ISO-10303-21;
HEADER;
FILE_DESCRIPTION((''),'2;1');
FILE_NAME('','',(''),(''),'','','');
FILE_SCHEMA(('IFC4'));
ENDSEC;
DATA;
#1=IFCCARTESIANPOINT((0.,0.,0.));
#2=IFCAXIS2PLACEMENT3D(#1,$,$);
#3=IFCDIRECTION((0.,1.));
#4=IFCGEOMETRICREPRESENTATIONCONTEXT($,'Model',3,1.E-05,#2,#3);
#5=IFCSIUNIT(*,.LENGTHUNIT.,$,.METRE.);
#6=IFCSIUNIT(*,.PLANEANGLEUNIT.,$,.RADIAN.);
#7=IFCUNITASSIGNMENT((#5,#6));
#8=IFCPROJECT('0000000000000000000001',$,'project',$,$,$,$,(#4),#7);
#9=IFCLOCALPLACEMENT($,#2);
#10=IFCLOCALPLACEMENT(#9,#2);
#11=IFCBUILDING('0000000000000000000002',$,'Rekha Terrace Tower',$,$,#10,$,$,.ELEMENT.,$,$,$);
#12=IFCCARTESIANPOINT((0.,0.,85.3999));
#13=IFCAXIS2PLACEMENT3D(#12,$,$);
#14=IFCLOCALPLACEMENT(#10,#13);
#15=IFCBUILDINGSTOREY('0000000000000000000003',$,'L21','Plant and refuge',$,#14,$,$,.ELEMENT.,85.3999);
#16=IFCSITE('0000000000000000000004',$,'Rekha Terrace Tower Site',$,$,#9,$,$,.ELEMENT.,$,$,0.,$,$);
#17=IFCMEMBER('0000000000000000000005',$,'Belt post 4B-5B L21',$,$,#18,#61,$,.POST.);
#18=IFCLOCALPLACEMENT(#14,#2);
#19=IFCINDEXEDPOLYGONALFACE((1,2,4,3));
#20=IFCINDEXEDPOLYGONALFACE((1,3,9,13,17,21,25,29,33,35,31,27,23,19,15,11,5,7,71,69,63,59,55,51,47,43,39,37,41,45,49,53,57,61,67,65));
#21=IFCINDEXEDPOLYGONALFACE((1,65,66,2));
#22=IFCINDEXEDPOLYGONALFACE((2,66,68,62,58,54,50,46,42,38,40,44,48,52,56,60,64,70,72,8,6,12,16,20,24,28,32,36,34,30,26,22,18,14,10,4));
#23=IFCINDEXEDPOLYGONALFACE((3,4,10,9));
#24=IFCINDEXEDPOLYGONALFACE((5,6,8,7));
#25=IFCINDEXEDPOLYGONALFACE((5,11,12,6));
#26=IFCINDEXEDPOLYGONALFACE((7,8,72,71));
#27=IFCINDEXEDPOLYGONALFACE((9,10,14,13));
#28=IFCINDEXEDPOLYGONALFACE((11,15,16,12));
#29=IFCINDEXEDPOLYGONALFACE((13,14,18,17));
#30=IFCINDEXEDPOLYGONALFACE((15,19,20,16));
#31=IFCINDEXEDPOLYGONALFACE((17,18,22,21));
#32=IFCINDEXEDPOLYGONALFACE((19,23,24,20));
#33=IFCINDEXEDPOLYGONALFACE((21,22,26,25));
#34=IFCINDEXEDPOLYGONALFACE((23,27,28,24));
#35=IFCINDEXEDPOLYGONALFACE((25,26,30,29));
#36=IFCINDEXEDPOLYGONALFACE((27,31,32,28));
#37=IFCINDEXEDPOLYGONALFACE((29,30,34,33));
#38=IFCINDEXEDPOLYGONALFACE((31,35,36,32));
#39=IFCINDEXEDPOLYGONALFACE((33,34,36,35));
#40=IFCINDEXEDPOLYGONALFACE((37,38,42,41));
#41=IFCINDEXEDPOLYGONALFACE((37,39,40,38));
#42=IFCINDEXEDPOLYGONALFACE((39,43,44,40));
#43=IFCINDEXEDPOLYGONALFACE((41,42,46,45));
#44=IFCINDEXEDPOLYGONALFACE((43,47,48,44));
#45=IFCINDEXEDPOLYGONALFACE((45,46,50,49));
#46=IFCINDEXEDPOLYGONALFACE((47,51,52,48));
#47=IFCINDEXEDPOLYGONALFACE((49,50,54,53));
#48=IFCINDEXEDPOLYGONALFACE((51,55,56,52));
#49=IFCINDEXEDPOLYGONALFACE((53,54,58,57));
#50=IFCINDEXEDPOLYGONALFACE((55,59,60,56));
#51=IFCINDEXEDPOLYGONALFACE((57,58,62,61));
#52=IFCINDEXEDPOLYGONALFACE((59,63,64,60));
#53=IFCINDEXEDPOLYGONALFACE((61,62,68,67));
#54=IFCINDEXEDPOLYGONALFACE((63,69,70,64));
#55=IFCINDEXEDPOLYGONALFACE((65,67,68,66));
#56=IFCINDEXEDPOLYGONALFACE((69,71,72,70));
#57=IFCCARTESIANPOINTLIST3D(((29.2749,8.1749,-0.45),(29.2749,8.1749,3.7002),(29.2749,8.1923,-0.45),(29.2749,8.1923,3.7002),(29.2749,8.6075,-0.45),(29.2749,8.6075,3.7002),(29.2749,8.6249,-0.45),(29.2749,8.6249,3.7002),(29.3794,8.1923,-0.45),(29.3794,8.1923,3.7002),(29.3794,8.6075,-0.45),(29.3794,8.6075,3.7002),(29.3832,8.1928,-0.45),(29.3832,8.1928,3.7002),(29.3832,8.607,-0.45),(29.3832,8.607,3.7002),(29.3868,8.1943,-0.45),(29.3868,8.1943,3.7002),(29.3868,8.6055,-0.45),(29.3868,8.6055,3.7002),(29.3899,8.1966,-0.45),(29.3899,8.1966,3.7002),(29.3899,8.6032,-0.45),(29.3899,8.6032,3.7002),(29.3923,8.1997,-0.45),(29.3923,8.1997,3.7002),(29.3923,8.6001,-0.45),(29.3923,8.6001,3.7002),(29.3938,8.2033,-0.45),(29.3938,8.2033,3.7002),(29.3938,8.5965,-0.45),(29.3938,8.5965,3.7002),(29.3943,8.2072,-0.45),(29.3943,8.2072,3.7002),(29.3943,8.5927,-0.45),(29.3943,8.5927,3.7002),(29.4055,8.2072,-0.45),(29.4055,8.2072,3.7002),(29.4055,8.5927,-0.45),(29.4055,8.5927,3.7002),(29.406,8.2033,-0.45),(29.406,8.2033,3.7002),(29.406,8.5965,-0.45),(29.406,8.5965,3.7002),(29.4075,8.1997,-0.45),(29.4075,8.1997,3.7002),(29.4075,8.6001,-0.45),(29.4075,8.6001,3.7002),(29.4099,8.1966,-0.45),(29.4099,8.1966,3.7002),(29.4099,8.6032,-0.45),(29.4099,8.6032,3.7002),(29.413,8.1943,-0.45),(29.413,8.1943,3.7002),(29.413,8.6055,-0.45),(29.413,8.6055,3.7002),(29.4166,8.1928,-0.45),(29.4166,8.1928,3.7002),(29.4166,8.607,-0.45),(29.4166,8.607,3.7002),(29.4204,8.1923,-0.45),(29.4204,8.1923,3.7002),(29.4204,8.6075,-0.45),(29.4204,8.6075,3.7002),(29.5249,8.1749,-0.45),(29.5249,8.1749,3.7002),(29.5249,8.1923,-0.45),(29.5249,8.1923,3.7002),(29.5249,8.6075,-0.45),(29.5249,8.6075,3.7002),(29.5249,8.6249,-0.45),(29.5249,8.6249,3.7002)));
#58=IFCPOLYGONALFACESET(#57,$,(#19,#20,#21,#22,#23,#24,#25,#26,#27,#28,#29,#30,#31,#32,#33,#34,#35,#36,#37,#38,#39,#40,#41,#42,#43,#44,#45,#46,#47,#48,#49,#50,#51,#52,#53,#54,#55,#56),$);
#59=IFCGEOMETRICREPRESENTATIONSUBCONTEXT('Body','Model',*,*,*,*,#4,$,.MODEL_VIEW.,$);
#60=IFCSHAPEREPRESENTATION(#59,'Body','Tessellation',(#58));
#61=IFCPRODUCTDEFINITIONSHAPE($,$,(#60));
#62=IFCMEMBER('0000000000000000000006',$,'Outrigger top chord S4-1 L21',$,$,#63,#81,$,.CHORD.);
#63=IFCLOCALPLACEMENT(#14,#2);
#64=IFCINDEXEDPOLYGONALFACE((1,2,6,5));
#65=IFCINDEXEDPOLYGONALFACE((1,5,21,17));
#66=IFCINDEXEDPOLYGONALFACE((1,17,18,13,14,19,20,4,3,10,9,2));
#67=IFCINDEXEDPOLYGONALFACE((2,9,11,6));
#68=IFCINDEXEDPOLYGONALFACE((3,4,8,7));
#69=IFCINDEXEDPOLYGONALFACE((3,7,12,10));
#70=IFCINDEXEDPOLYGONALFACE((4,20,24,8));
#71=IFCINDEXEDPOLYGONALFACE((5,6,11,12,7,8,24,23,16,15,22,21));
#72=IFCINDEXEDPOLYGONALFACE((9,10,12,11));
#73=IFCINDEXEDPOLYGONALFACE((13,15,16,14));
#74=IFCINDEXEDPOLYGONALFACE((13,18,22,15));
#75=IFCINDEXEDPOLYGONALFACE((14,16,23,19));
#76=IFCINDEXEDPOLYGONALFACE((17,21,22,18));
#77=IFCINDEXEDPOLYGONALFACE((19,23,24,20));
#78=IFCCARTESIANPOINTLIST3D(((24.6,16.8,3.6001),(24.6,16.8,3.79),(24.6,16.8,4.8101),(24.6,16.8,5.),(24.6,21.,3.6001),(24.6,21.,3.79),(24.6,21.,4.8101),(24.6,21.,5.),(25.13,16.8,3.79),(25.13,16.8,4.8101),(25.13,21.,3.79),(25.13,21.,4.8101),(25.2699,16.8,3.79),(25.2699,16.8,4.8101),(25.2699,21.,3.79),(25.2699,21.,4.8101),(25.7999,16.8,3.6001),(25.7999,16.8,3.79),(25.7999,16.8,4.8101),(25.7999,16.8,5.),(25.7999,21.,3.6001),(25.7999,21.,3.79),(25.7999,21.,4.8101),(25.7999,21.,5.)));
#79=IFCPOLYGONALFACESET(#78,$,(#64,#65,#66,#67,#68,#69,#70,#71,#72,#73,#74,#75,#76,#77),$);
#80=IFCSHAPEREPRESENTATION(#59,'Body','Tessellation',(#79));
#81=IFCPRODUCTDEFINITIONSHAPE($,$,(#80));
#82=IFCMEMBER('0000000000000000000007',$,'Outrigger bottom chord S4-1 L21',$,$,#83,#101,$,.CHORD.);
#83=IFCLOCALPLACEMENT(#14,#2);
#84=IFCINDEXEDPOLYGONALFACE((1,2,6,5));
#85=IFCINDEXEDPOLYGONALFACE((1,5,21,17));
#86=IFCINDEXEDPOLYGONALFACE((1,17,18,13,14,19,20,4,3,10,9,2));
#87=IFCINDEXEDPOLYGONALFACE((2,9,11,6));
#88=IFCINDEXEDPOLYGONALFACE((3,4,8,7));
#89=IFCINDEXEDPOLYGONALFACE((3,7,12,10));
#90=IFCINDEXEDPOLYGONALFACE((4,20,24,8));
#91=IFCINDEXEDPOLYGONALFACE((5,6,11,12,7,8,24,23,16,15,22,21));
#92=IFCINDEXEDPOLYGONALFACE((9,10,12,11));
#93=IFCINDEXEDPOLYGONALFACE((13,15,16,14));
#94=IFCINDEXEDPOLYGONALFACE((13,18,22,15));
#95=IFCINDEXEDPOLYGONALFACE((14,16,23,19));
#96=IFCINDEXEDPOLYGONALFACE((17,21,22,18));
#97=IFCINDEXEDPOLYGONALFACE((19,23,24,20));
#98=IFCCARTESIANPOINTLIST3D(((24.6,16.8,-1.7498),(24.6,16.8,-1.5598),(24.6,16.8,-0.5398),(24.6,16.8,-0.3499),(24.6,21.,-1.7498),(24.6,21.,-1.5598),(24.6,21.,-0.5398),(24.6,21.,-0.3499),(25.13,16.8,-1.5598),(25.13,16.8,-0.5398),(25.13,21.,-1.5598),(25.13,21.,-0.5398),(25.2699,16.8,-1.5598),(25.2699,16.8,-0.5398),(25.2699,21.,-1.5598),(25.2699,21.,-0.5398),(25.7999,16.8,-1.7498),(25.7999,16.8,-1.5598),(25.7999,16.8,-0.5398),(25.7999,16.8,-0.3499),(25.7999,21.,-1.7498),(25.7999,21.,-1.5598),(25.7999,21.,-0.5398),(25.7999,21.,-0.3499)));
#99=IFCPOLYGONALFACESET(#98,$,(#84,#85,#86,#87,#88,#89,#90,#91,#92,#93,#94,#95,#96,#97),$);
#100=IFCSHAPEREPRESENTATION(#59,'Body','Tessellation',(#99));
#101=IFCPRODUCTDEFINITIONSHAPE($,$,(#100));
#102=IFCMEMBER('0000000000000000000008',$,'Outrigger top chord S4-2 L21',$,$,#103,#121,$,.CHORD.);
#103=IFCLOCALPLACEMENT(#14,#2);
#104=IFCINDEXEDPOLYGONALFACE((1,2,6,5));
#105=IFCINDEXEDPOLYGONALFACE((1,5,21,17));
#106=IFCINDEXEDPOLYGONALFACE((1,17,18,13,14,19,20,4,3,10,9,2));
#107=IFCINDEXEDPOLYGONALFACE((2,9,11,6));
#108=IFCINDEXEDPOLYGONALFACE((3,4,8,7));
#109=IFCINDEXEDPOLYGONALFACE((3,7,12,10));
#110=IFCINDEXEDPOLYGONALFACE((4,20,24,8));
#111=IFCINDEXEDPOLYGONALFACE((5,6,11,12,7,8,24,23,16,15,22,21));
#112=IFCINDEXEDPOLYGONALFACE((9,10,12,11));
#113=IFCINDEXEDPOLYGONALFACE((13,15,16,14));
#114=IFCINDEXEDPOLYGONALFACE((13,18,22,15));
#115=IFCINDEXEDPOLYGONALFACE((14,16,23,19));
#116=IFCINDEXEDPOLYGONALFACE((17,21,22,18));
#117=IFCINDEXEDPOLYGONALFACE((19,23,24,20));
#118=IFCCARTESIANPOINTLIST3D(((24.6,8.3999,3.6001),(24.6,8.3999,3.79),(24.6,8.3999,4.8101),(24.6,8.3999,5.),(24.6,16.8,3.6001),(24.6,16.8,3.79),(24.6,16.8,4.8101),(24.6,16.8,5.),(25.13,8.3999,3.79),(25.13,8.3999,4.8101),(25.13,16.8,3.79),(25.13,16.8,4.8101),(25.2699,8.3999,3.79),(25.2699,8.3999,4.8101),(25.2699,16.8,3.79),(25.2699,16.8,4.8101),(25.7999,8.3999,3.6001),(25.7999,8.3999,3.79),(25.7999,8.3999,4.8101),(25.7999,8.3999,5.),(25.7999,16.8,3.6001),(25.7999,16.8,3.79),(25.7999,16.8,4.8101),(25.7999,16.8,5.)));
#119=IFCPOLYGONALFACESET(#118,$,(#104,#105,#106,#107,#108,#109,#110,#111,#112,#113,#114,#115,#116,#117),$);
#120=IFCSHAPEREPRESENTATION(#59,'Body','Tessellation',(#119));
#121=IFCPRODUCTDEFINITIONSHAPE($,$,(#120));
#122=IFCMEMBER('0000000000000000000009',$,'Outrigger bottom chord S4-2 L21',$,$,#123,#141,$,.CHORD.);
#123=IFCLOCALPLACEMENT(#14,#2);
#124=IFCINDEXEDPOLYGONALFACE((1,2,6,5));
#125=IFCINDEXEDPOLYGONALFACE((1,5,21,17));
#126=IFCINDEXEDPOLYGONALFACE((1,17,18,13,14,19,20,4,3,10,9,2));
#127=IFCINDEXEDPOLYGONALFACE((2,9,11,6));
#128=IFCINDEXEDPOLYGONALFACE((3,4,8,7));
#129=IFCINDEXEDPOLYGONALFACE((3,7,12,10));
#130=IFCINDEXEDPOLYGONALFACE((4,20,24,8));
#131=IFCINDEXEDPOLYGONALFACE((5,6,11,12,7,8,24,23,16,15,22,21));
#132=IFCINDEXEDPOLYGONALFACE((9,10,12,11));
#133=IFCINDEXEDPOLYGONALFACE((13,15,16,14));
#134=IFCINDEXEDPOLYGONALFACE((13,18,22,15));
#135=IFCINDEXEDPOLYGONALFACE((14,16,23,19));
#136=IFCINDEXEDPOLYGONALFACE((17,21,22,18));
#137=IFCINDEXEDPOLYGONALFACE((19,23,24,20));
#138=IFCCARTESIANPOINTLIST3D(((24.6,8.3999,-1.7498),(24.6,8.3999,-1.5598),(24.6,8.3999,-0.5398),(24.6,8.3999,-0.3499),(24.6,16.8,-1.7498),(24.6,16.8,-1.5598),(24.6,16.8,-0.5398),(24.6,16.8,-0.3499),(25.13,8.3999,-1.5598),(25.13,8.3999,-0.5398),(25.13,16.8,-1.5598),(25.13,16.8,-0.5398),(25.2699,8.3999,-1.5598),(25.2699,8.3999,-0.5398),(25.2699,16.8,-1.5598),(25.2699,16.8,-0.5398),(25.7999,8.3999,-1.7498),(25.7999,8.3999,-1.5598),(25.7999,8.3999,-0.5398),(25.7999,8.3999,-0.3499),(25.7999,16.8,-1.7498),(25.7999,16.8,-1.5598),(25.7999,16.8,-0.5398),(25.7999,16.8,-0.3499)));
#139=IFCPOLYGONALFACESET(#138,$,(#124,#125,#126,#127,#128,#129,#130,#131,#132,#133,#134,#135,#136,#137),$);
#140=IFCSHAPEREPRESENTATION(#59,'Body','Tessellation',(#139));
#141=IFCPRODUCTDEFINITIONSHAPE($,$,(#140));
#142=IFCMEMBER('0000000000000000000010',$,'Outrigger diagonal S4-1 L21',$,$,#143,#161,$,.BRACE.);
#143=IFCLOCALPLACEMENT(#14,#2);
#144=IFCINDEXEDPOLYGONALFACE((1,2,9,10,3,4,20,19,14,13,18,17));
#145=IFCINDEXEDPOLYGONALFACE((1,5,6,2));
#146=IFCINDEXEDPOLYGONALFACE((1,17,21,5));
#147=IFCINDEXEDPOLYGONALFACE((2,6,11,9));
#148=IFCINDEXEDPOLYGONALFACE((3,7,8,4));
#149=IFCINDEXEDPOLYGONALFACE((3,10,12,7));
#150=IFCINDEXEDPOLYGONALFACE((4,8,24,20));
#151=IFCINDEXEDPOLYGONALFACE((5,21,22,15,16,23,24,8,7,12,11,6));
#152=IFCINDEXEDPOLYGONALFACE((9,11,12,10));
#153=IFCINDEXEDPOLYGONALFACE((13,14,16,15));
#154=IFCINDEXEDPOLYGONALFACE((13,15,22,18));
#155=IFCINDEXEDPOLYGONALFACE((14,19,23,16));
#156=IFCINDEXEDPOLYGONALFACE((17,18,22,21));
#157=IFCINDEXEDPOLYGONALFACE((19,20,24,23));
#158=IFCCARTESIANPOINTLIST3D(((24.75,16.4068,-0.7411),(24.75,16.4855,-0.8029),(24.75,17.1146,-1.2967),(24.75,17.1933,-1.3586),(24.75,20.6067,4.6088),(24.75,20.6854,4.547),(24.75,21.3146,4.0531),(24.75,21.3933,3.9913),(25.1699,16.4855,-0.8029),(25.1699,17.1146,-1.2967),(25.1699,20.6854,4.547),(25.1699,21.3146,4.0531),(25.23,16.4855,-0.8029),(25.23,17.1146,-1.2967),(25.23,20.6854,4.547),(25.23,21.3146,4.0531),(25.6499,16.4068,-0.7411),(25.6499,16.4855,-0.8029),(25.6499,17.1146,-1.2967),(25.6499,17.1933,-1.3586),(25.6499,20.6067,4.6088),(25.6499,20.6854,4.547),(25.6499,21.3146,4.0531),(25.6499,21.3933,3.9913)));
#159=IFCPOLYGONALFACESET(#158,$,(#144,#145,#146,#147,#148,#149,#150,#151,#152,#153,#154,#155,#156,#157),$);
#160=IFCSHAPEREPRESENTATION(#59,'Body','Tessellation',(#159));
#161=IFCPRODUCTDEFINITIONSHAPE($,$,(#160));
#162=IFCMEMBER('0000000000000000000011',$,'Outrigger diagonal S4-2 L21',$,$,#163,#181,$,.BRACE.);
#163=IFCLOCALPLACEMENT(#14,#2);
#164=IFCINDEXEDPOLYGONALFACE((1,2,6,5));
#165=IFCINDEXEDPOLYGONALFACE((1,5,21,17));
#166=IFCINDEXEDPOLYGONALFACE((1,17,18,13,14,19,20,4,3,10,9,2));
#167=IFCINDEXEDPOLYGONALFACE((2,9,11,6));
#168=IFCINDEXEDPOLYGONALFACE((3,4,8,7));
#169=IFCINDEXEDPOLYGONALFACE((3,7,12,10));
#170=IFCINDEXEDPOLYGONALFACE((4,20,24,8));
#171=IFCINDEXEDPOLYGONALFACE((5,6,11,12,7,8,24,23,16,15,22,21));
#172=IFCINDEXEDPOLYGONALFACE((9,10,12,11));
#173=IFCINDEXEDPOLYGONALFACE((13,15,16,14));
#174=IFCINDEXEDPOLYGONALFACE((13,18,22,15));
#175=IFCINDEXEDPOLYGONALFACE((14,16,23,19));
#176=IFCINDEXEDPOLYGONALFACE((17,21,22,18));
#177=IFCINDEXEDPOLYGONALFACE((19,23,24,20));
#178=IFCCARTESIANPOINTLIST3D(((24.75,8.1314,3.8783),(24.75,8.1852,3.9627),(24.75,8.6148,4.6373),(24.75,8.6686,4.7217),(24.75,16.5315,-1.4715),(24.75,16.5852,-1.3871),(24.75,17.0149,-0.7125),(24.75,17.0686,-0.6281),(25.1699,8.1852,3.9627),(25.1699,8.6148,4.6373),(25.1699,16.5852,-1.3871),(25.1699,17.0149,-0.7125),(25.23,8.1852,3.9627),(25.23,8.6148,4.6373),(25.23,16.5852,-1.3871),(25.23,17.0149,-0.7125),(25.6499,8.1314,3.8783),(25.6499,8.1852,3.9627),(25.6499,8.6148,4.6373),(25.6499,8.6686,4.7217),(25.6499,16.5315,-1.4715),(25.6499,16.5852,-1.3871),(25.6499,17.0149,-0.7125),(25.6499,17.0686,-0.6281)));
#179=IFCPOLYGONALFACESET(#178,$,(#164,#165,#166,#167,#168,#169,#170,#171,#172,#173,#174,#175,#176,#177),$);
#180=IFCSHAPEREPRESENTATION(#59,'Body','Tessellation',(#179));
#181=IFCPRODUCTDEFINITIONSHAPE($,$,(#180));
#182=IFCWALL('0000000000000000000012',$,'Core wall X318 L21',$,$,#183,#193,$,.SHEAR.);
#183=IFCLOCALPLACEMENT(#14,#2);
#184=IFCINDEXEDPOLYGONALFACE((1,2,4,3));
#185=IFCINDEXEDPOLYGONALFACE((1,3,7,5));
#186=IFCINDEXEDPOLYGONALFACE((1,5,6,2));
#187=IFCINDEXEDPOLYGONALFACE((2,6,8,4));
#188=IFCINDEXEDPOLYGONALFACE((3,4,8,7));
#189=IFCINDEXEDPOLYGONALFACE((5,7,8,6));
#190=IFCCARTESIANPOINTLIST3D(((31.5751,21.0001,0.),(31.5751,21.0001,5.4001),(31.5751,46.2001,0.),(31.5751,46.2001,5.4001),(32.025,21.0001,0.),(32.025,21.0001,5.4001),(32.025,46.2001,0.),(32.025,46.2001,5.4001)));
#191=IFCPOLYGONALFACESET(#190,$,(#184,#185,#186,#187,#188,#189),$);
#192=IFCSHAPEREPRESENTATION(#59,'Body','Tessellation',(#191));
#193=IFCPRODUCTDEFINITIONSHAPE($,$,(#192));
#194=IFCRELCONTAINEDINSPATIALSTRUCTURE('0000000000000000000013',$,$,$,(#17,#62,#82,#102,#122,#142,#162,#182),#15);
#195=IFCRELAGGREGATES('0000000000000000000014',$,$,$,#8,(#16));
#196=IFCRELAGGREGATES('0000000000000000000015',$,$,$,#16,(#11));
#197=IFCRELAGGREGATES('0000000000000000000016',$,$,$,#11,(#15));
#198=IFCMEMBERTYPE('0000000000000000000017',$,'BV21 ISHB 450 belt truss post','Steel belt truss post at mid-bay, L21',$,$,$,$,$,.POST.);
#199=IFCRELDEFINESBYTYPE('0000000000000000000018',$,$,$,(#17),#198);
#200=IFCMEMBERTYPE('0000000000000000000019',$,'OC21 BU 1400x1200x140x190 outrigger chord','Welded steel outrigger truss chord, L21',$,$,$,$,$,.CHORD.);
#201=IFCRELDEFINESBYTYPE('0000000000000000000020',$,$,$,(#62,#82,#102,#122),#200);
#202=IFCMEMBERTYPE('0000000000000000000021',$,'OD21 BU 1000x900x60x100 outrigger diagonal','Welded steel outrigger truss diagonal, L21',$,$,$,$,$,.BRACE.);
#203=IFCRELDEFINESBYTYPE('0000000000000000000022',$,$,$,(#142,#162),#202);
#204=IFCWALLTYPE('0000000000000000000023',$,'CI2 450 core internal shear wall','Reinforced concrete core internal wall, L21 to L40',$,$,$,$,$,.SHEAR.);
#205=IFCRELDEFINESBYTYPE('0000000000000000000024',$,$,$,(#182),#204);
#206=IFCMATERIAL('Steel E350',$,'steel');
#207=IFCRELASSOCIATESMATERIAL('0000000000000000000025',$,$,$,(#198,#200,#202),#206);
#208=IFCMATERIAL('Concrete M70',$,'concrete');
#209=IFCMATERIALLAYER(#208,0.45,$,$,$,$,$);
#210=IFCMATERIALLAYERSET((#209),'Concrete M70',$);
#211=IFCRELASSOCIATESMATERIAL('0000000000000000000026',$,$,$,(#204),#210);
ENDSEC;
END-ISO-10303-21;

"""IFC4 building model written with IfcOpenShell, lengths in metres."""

from ifc_helpers import new_model, si_unit, direction, frame, frame_2d, origin, origin_2d, place, context, subcontext, project, spatial, rectangle, i_section, extrude, material, layer, layer_set, material_profile, profile_set, type_object, element, save


model = new_model("IFC4")

# Units and contexts
model_context = context("Model", 3, precision=1e-05, world=origin(), true_north=direction((0.0, 1.0)))
body_context = subcontext(model_context, "Body", "Model", "MODEL_VIEW")
ifc_project = project(units=[si_unit("LENGTHUNIT", "METRE"), si_unit("PLANEANGLEUNIT", "RADIAN")], contexts=[model_context])

# Site, building, storey
site_placement = place(None, origin())
site = spatial("IfcSite", under=ifc_project, at=site_placement, Name="Rekha Terrace Tower Site", CompositionType="ELEMENT", RefElevation=0.0)
building_placement = place(site_placement, origin())
building = spatial("IfcBuilding", under=site, at=building_placement, Name="Rekha Terrace Tower", CompositionType="ELEMENT")
storey_placement = place(building_placement, frame((0.0, 0.0, 85.3999)))
storey = spatial("IfcBuildingStorey", under=building, at=storey_placement, Name="L21", Description="Plant and refuge", CompositionType="ELEMENT", Elevation=85.3999)

# Shared definitions
ifc_material_1 = material(Name="Concrete M70", Category="concrete")

# Members
ifc_material_2 = material(Name="Steel E350", Category="steel")
ifc_material_profile_1 = material_profile(ifc_material_2, i_section(OverallWidth=0.25, OverallDepth=0.45, WebThickness=0.0112, FlangeThickness=0.0173, FilletRadius=0.0149, at=origin_2d()), Name="ISHB 450")
ifc_profile_set_1 = profile_set([ifc_material_profile_1], Name="Steel E350")
member_type_1 = type_object("IfcMemberType", Name="BV21 ISHB 450 belt truss post", Description="Steel belt truss post at mid-bay, L21", PredefinedType="POST", material=ifc_profile_set_1)
for number, where, z_axis, x_axis, name in (
    (1, (29.3999, 8.3999, -0.45), (0.0, 0.0, 1.0), (1.0, 0.0, 0.0), "Belt post 4B-5B L21"),
):
    element("IfcMember", number, at=place(storey_placement, frame(where, z_axis=z_axis, x_axis=x_axis)), inside=storey, type_object=member_type_1, Name=name, PredefinedType="POST", context=body_context, shape_type="SweptSolid", body=[
        extrude(i_section(OverallWidth=0.25, OverallDepth=0.45, WebThickness=0.0112, FlangeThickness=0.0173, FilletRadius=0.0149, at=origin_2d()), origin(), (0.0, 0.0, 1.0), 4.1501),
    ])
ifc_material_profile_2 = material_profile(ifc_material_2, i_section(OverallWidth=1.2, OverallDepth=1.3999, WebThickness=0.1399, FlangeThickness=0.1899, at=origin_2d()), Name="BU 1400x1200x140x190")
ifc_profile_set_2 = profile_set([ifc_material_profile_2], Name="Steel E350")
member_type_2 = type_object("IfcMemberType", Name="OC21 BU 1400x1200x140x190 outrigger chord", Description="Welded steel outrigger truss chord, L21", PredefinedType="CHORD", material=ifc_profile_set_2)
for number, where, z_axis, x_axis, name in (
    (2, (25.2, 21.0, 4.3), (0.0, -1.0, 0.0), (1.0, 0.0, 0.0), "Outrigger top chord S4-1 L21"),
    (3, (25.2, 21.0, -1.0498), (0.0, -1.0, 0.0), (1.0, 0.0, 0.0), "Outrigger bottom chord S4-1 L21"),
):
    element("IfcMember", number, at=place(storey_placement, frame(where, z_axis=z_axis, x_axis=x_axis)), inside=storey, type_object=member_type_2, Name=name, PredefinedType="CHORD", context=body_context, shape_type="SweptSolid", body=[
        extrude(i_section(OverallWidth=1.2, OverallDepth=1.3999, WebThickness=0.1399, FlangeThickness=0.1899, at=origin_2d()), origin(), (0.0, 0.0, 1.0), 4.2),
    ])
for number, where, z_axis, x_axis, name in (
    (4, (25.2, 16.8, 4.3), (0.0, -1.0, 0.0), (1.0, 0.0, 0.0), "Outrigger top chord S4-2 L21"),
    (5, (25.2, 16.8, -1.0498), (0.0, -1.0, 0.0), (1.0, 0.0, 0.0), "Outrigger bottom chord S4-2 L21"),
):
    element("IfcMember", number, at=place(storey_placement, frame(where, z_axis=z_axis, x_axis=x_axis)), inside=storey, type_object=member_type_2, Name=name, PredefinedType="CHORD", context=body_context, shape_type="SweptSolid", body=[
        extrude(i_section(OverallWidth=1.2, OverallDepth=1.3999, WebThickness=0.1399, FlangeThickness=0.1899, at=origin_2d()), origin(), (0.0, 0.0, 1.0), 8.4001),
    ])
ifc_material_profile_3 = material_profile(ifc_material_2, i_section(OverallWidth=0.8999, OverallDepth=1.0, WebThickness=0.0601, FlangeThickness=0.1001, at=origin_2d()), Name="BU 1000x900x60x100")
ifc_profile_set_3 = profile_set([ifc_material_profile_3], Name="Steel E350")
member_type_3 = type_object("IfcMemberType", Name="OD21 BU 1000x900x60x100 outrigger diagonal", Description="Welded steel outrigger truss diagonal, L21", PredefinedType="BRACE", material=ifc_profile_set_3)
member_1_placement = place(storey_placement, frame((25.2, 21.0, 4.3), z_axis=(0.0, -0.617503, -0.786569), x_axis=(1.0, 0.0, 0.0)))
element("IfcMember", 6, at=member_1_placement, inside=storey, type_object=member_type_3, Name="Outrigger diagonal S4-1 L21", PredefinedType="BRACE", context=body_context, shape_type="SweptSolid", body=[
    extrude(i_section(OverallWidth=0.8999, OverallDepth=1.0, WebThickness=0.0601, FlangeThickness=0.1001, at=origin_2d()), origin(), (0.0, 0.0, 1.0), 6.8015),
])
member_2_placement = place(storey_placement, frame((25.2, 16.8, -1.0498), z_axis=(0.0, -0.843466, 0.537183), x_axis=(1.0, 0.0, 0.0)))
element("IfcMember", 7, at=member_2_placement, inside=storey, type_object=member_type_3, Name="Outrigger diagonal S4-2 L21", PredefinedType="BRACE", context=body_context, shape_type="SweptSolid", body=[
    extrude(i_section(OverallWidth=0.8999, OverallDepth=1.0, WebThickness=0.0601, FlangeThickness=0.1001, at=origin_2d()), origin(), (0.0, 0.0, 1.0), 9.959),
])

# Wall
ifc_layer_1 = layer(ifc_material_1, 0.45)
ifc_layer_set_1 = layer_set([ifc_layer_1], Name="Concrete M70")
wall_type_1 = type_object("IfcWallType", Name="CI2 450 core internal shear wall", Description="Reinforced concrete core internal wall, L21 to L40", PredefinedType="SHEAR", material=ifc_layer_set_1)
wall_1_placement = place(storey_placement, frame((31.8, 21.0, 0.0), z_axis=(0.0, 0.0, 1.0), x_axis=(0.0, 1.0, 0.0)))
element("IfcWall", 8, at=wall_1_placement, inside=storey, type_object=wall_type_1, Name="Core wall X318 L21", PredefinedType="SHEAR", context=body_context, shape_type="SweptSolid", body=[
    extrude(rectangle(XDim=25.2, YDim=0.45, at=frame_2d((12.6001, 0.0))), origin(), (0.0, 0.0, 1.0), 5.4001),
])

save(model, "model.ifc")
